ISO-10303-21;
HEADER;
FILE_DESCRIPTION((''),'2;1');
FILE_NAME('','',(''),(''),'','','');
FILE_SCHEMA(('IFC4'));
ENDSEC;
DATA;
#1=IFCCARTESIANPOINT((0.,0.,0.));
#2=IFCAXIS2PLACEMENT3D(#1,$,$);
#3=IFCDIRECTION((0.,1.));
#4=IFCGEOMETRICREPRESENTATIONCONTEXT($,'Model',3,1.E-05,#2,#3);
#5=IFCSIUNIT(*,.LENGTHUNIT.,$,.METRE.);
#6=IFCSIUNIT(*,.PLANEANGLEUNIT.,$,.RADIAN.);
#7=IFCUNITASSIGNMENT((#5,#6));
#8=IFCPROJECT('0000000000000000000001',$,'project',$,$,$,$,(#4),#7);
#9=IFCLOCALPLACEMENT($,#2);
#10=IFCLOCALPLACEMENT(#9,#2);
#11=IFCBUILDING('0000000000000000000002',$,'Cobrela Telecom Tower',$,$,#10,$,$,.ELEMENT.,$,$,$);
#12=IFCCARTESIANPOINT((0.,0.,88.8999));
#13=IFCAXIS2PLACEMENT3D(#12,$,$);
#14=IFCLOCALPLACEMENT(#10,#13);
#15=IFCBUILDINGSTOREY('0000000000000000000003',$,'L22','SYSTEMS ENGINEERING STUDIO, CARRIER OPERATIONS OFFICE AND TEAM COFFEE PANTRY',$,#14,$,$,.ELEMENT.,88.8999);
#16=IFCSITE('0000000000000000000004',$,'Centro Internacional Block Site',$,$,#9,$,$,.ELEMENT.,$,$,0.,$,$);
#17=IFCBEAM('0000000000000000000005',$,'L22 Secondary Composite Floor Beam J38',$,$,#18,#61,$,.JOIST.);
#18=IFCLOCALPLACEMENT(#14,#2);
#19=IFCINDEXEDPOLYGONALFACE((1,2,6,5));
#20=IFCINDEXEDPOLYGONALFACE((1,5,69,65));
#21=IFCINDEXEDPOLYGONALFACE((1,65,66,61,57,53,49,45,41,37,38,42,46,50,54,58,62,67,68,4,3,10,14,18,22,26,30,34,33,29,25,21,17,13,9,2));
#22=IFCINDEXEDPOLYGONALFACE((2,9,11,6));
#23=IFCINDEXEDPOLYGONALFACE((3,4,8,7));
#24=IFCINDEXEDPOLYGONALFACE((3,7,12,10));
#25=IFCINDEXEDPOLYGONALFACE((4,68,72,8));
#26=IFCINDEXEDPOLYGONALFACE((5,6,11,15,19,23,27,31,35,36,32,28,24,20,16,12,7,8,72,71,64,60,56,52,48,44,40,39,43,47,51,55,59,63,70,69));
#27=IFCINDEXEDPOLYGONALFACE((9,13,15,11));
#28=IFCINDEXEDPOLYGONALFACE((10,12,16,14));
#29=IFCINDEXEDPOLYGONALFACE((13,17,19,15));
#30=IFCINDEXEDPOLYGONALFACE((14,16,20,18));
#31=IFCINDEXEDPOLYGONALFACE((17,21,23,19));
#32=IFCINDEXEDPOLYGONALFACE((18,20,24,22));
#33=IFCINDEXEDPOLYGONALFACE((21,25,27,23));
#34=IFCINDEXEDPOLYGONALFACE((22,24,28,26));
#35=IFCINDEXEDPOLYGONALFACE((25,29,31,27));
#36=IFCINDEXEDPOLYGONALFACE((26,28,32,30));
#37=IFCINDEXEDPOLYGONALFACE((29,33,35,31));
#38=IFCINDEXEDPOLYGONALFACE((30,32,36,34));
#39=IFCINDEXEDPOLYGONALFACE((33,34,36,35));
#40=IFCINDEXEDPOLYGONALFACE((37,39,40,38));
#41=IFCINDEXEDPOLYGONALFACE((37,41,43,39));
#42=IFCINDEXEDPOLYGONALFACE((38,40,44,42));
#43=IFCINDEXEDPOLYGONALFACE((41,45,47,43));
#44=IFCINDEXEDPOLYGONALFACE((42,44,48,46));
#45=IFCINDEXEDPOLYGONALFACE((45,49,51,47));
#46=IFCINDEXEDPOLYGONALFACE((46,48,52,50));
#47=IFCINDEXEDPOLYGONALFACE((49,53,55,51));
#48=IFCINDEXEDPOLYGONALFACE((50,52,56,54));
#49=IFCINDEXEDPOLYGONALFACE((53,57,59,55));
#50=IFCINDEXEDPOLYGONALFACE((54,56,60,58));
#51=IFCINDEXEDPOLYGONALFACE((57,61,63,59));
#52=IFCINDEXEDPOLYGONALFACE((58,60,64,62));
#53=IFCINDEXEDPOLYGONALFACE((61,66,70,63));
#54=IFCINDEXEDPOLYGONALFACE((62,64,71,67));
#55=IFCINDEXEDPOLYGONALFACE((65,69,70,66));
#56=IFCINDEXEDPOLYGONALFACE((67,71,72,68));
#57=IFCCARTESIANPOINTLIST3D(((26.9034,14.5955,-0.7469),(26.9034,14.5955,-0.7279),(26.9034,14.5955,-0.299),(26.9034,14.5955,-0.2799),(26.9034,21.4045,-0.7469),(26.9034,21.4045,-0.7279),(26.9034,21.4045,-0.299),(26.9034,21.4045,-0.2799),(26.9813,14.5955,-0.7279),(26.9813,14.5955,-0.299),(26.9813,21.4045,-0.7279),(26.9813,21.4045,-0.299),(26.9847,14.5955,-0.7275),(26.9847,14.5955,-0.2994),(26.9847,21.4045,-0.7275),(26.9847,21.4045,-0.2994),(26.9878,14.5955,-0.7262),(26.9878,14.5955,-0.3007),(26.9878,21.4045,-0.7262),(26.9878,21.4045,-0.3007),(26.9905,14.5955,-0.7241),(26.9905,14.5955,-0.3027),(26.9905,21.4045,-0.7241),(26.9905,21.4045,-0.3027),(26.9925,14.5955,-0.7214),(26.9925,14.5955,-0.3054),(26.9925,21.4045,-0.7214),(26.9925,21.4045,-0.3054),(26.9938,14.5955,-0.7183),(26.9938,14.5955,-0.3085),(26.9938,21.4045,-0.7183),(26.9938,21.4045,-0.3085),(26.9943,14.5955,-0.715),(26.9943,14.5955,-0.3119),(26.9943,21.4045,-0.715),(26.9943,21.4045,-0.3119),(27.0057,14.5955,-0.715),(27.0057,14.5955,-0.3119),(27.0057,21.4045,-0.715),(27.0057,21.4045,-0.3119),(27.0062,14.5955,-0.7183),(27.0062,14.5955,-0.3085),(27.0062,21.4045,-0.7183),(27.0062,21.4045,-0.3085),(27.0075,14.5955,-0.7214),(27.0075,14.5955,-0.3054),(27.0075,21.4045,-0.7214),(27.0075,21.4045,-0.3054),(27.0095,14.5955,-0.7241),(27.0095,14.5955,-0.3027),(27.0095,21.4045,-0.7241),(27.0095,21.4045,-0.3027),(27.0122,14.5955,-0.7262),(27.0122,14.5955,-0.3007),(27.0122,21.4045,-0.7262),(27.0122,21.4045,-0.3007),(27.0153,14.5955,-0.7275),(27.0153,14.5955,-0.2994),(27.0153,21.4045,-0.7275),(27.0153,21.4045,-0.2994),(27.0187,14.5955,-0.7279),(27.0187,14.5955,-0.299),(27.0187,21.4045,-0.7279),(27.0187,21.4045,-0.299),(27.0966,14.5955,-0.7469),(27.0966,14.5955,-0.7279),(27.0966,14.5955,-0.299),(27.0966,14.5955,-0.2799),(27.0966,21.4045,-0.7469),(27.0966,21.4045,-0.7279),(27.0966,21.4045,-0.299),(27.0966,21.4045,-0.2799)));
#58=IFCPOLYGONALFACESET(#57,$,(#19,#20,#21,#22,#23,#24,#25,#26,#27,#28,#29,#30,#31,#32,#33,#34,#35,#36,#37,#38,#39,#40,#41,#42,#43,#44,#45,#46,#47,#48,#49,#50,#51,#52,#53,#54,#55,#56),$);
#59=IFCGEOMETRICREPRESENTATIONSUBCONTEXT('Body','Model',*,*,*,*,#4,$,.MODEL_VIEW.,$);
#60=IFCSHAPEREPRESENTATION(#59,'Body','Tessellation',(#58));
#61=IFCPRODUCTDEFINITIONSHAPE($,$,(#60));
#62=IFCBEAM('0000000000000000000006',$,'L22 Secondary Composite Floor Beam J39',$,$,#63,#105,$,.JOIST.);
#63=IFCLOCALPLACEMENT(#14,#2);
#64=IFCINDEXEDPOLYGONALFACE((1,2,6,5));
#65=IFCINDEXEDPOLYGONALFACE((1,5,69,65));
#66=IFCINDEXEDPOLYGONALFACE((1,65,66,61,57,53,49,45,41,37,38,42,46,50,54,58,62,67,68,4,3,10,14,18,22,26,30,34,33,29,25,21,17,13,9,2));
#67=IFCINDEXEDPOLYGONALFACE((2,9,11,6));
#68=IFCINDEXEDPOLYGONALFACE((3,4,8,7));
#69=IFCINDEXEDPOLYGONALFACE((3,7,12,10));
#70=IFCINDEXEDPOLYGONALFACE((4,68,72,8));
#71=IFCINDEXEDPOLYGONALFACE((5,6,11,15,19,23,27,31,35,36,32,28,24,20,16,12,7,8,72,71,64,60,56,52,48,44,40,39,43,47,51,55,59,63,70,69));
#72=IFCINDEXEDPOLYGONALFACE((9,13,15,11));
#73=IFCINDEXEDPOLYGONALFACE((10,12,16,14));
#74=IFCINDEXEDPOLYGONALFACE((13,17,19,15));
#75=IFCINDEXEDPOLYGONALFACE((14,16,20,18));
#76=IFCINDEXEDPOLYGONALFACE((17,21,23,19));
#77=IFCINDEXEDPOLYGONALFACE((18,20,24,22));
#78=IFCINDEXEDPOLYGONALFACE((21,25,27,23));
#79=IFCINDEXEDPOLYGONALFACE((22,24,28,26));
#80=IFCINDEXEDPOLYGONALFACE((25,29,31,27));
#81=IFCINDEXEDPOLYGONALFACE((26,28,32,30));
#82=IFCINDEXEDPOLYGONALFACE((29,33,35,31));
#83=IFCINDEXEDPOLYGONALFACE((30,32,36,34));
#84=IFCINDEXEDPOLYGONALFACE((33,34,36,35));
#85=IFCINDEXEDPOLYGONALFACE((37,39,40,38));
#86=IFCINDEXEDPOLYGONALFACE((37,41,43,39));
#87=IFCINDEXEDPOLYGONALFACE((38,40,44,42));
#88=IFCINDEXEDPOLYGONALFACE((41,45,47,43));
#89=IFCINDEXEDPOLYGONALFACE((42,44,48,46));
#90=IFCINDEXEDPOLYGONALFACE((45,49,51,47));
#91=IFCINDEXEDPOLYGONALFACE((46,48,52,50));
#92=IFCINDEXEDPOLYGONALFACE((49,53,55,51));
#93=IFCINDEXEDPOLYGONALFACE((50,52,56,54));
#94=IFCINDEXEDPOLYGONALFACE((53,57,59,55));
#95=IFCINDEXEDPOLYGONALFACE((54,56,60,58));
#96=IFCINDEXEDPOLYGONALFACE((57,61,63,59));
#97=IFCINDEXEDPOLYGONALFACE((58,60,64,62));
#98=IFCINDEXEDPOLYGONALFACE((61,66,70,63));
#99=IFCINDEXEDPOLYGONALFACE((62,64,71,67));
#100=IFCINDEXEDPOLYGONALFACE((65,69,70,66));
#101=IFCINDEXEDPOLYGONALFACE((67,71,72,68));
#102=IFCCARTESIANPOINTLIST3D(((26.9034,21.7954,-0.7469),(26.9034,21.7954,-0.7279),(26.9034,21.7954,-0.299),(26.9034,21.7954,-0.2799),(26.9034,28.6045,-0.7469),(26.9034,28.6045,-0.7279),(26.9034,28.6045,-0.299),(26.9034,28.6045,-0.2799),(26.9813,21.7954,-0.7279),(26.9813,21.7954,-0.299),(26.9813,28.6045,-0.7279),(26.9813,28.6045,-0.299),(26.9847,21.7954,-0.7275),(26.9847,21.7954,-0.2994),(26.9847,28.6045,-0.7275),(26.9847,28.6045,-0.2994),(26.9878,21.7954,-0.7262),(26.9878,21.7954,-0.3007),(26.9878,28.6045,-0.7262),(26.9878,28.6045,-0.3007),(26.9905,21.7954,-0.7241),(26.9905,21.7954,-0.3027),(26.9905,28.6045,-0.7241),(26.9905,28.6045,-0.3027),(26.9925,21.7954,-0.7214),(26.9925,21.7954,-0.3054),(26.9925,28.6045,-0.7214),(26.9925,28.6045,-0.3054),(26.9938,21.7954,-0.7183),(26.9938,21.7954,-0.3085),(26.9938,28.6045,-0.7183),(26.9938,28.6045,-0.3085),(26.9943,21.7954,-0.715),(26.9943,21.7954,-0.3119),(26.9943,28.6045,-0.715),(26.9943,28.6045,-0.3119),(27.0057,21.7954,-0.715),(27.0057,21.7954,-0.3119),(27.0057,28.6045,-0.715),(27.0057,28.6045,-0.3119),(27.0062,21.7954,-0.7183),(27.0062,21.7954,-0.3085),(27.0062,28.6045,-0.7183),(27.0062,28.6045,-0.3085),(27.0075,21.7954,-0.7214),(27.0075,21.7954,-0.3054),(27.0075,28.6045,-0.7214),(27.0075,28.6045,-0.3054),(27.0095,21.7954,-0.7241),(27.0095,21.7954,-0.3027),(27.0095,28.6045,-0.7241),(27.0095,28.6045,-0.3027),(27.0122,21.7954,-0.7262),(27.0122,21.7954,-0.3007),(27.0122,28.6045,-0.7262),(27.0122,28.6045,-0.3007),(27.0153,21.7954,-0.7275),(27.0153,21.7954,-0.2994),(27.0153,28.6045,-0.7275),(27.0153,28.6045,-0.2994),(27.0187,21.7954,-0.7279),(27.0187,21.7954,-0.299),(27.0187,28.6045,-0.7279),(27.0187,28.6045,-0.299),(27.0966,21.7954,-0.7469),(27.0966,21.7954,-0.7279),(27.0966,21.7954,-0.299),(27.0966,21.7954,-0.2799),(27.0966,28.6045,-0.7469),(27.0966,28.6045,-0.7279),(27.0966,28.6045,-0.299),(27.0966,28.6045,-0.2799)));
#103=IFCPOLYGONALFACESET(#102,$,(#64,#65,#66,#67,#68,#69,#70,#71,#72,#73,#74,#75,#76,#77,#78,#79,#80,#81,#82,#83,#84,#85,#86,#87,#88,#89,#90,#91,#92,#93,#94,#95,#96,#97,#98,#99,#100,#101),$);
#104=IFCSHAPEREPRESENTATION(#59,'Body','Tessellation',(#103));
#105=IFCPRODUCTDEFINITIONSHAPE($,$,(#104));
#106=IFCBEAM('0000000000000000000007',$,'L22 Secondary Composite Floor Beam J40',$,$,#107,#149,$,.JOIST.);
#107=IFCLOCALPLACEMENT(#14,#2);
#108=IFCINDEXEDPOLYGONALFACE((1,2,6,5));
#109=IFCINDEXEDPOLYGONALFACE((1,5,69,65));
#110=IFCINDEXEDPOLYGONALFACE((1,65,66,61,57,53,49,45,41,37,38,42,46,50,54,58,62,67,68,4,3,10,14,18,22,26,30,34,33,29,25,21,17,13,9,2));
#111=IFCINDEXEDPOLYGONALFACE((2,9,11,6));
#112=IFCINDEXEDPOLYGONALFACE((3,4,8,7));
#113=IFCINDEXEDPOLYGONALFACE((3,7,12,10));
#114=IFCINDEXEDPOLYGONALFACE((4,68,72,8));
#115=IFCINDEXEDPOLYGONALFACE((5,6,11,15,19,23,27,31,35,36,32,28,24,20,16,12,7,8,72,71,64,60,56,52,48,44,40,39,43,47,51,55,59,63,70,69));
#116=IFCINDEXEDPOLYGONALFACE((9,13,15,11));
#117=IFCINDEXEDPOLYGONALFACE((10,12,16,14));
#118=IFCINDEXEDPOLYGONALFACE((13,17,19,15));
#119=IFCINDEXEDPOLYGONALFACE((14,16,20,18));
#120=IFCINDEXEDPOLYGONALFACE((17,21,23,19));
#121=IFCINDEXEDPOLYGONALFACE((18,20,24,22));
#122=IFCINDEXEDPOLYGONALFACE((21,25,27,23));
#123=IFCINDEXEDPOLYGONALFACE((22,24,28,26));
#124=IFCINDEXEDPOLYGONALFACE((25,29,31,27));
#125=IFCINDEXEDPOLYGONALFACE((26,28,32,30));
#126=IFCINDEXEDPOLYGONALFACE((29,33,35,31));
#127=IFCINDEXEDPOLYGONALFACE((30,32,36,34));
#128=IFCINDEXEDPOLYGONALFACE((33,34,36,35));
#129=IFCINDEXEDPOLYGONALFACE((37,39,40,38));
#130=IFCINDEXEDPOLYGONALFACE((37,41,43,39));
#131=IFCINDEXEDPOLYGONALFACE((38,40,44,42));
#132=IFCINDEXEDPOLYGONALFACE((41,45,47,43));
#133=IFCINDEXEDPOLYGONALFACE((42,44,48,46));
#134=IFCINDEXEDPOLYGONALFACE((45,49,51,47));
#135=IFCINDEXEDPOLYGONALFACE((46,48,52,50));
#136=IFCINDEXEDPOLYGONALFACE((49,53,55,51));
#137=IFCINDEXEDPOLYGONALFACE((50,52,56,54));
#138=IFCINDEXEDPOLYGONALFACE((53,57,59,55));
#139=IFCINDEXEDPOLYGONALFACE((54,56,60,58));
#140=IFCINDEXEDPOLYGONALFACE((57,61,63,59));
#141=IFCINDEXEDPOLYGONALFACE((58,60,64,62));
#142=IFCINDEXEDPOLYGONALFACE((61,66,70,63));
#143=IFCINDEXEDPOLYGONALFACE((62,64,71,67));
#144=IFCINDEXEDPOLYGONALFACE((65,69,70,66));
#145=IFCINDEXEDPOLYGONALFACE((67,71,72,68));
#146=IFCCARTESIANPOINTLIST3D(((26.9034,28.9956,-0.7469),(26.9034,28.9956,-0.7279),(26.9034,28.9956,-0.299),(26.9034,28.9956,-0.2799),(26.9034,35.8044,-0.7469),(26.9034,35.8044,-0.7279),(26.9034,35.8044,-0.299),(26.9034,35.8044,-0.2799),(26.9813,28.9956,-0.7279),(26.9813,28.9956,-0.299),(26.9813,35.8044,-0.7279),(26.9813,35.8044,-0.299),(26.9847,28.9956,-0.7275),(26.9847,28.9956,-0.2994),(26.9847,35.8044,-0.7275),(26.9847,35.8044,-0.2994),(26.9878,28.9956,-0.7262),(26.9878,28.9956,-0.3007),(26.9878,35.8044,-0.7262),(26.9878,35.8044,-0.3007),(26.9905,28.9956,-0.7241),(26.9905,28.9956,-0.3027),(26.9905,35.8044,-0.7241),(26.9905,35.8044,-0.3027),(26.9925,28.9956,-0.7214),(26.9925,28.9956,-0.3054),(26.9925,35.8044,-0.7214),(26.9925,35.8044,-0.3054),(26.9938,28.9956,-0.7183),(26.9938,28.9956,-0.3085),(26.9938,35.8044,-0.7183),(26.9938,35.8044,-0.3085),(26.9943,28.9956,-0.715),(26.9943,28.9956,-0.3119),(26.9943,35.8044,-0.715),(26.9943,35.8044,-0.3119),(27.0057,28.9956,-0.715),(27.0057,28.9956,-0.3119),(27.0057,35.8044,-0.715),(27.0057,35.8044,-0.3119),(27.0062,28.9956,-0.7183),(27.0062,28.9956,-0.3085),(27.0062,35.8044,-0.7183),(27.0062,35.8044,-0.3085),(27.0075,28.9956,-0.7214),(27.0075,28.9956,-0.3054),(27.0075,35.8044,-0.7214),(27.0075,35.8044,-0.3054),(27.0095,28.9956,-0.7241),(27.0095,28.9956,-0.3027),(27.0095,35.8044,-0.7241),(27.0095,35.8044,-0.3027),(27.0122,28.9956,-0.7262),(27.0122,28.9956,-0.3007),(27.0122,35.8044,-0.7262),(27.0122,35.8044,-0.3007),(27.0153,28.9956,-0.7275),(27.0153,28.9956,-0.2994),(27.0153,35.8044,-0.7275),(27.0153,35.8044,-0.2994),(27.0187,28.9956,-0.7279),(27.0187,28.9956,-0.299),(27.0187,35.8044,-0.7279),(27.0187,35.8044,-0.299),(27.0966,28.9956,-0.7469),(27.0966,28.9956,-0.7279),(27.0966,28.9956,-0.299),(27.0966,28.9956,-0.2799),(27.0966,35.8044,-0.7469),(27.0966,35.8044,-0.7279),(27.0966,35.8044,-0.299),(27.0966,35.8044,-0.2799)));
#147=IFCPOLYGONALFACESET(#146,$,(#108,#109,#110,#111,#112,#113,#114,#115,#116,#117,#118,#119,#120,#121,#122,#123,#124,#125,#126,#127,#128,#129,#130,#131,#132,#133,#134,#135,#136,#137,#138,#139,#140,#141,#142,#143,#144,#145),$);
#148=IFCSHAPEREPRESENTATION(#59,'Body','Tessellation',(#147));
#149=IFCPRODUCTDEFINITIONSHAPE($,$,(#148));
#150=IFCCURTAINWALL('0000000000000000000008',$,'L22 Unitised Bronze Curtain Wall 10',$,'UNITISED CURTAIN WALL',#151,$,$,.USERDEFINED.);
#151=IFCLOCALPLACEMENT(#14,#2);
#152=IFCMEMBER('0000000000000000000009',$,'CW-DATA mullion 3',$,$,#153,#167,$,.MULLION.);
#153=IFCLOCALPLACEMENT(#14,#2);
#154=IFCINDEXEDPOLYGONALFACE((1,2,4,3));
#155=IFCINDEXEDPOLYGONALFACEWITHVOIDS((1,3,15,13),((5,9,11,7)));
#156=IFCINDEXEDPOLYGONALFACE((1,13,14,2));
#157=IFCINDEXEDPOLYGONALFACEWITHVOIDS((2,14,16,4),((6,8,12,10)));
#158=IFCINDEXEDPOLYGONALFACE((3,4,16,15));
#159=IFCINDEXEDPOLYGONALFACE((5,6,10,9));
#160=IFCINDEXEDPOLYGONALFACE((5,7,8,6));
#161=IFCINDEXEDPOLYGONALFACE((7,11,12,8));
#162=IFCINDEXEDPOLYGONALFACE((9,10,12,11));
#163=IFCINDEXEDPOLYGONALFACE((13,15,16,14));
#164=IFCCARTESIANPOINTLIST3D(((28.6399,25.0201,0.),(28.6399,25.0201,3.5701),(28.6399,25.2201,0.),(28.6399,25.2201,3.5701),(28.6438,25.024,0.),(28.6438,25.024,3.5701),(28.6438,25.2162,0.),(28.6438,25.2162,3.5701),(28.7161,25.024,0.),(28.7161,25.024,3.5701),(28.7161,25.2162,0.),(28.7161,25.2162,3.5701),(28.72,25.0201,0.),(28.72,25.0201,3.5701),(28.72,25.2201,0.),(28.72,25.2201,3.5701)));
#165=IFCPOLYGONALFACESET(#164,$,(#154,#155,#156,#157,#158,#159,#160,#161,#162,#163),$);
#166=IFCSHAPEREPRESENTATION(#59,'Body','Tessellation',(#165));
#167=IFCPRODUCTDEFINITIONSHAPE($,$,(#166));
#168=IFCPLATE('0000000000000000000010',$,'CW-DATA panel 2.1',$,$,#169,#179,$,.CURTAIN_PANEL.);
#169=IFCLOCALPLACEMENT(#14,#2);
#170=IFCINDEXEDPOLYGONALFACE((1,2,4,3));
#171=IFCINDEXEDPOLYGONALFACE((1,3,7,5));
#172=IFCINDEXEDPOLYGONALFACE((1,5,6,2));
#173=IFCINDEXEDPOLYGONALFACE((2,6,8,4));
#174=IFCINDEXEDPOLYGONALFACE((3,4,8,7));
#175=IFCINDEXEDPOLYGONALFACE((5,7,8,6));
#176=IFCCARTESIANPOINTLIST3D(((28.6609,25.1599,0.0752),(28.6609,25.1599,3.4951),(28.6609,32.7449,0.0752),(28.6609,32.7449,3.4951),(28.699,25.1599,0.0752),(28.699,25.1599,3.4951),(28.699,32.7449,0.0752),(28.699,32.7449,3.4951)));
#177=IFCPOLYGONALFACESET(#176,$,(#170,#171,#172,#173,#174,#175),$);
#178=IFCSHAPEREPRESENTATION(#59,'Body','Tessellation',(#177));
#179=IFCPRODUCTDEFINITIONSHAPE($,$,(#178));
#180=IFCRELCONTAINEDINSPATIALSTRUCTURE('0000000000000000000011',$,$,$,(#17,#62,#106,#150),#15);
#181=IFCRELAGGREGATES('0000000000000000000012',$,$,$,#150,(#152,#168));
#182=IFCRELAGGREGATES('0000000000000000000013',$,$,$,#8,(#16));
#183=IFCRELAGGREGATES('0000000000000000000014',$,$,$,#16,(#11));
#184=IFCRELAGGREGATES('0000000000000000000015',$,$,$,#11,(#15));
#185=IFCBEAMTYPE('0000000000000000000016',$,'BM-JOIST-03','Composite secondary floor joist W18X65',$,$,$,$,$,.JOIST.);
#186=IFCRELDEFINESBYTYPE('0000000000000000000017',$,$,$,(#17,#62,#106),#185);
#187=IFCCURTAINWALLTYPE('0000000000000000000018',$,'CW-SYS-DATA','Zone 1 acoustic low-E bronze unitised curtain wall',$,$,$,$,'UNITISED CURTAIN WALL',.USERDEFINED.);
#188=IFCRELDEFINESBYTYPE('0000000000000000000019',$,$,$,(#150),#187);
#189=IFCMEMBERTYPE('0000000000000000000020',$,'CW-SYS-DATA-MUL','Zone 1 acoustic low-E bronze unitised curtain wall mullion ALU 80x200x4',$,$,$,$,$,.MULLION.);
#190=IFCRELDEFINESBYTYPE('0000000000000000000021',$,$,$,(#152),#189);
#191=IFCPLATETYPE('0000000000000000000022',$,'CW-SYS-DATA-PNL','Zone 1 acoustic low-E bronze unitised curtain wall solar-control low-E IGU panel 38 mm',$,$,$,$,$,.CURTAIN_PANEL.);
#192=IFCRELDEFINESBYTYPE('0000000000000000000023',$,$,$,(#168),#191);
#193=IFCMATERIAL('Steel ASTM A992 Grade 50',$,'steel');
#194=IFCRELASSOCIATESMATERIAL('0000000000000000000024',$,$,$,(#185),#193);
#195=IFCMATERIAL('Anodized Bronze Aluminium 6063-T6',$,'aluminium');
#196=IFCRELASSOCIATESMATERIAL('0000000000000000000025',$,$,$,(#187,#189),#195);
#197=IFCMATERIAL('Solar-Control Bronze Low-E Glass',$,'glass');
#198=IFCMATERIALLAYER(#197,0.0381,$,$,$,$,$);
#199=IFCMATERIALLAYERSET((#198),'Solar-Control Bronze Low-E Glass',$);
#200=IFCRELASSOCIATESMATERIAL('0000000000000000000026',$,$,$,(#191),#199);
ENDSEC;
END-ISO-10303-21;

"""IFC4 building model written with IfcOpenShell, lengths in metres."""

from ifc_helpers import new_model, si_unit, direction, frame, origin, origin_2d, place, context, subcontext, project, spatial, rectangle, hollow_rectangle, i_section, extrude, material, layer, layer_set, material_profile, profile_set, type_object, element, aggregate, save


model = new_model("IFC4")

# Units and contexts
model_context = context("Model", 3, precision=1e-05, world=origin(), true_north=direction((0.0, 1.0)))
body_context = subcontext(model_context, "Body", "Model", "MODEL_VIEW")
ifc_project = project(units=[si_unit("LENGTHUNIT", "METRE"), si_unit("PLANEANGLEUNIT", "RADIAN")], contexts=[model_context])

# Site, building, storey
site_placement = place(None, origin())
site = spatial("IfcSite", under=ifc_project, at=site_placement, Name="Centro Internacional Block Site", CompositionType="ELEMENT", RefElevation=0.0)
building_placement = place(site_placement, origin())
building = spatial("IfcBuilding", under=site, at=building_placement, Name="Cobrela Telecom Tower", CompositionType="ELEMENT")
storey_placement = place(building_placement, frame((0.0, 0.0, 88.8999)))
storey = spatial("IfcBuildingStorey", under=building, at=storey_placement, Name="L22", Description="SYSTEMS ENGINEERING STUDIO, CARRIER OPERATIONS OFFICE AND TEAM COFFEE PANTRY", CompositionType="ELEMENT", Elevation=88.8999)

# Shared definitions
ifc_material_1 = material(Name="Steel ASTM A992 Grade 50", Category="steel")

# Beams
ifc_material_profile_1 = material_profile(ifc_material_1, i_section(OverallWidth=0.1931, OverallDepth=0.467, WebThickness=0.0115, FlangeThickness=0.019, FilletRadius=0.0129, at=origin_2d()), Name="W18X65")
ifc_profile_set_1 = profile_set([ifc_material_profile_1], Name="Steel ASTM A992 Grade 50")
beam_type_1 = type_object("IfcBeamType", Name="BM-JOIST-03", Description="Composite secondary floor joist W18X65", PredefinedType="JOIST", material=ifc_profile_set_1)
for number, where, z_axis, x_axis, name in (
    (1, (27.0, 14.5955, -0.5134), (0.0, 1.0, 0.0), (-1.0, 0.0, 0.0), "L22 Secondary Composite Floor Beam J38"),
    (2, (27.0, 21.7954, -0.5134), (0.0, 1.0, 0.0), (-1.0, 0.0, 0.0), "L22 Secondary Composite Floor Beam J39"),
):
    element("IfcBeam", number, at=place(storey_placement, frame(where, z_axis=z_axis, x_axis=x_axis)), inside=storey, type_object=beam_type_1, Name=name, PredefinedType="JOIST", context=body_context, shape_type="SweptSolid", body=[
        extrude(i_section(OverallWidth=0.1931, OverallDepth=0.467, WebThickness=0.0115, FlangeThickness=0.019, FilletRadius=0.0129, at=origin_2d()), origin(), (0.0, 0.0, 1.0), 6.8091),
    ])
beam_1_placement = place(storey_placement, frame((27.0, 28.9956, -0.5134), z_axis=(0.0, 1.0, 0.0), x_axis=(-1.0, 0.0, 0.0)))
element("IfcBeam", 3, at=beam_1_placement, inside=storey, type_object=beam_type_1, Name="L22 Secondary Composite Floor Beam J40", PredefinedType="JOIST", context=body_context, shape_type="SweptSolid", body=[
    extrude(i_section(OverallWidth=0.1931, OverallDepth=0.467, WebThickness=0.0115, FlangeThickness=0.019, FilletRadius=0.0129, at=origin_2d()), origin(), (0.0, 0.0, 1.0), 6.8088),
])

# Curtain wall, member, plate
ifc_material_2 = material(Name="Anodized Bronze Aluminium 6063-T6", Category="aluminium")
curtain_wall_type = type_object("IfcCurtainWallType", Name="CW-SYS-DATA", Description="Zone 1 acoustic low-E bronze unitised curtain wall", ElementType="UNITISED CURTAIN WALL", PredefinedType="USERDEFINED", material=ifc_material_2)
curtain_wall_placement = place(storey_placement, origin())
curtain_wall = element("IfcCurtainWall", 4, at=curtain_wall_placement, inside=storey, type_object=curtain_wall_type, Name="L22 Unitised Bronze Curtain Wall 10", ObjectType="UNITISED CURTAIN WALL", PredefinedType="USERDEFINED")
ifc_material_profile_2 = material_profile(ifc_material_2, hollow_rectangle(XDim=0.0801, YDim=0.2, WallThickness=0.0039, at=origin_2d()), Name="ALU 80x200x4")
ifc_profile_set_2 = profile_set([ifc_material_profile_2], Name="Anodized Bronze Aluminium 6063-T6")
member_type = type_object("IfcMemberType", Name="CW-SYS-DATA-MUL", Description="Zone 1 acoustic low-E bronze unitised curtain wall mullion ALU 80x200x4", PredefinedType="MULLION", material=ifc_profile_set_2)
member_placement = place(storey_placement, frame((28.6799, 25.1201, 0.0), z_axis=(0.0, 0.0, 1.0), x_axis=(1.0, 0.0, 0.0)))
member = element("IfcMember", 5, at=member_placement, type_object=member_type, Name="CW-DATA mullion 3", PredefinedType="MULLION", context=body_context, shape_type="SweptSolid", body=[
    extrude(hollow_rectangle(XDim=0.0801, YDim=0.2, WallThickness=0.0039, at=origin_2d()), origin(), (0.0, 0.0, 1.0), 3.5701),
])
ifc_material_3 = material(Name="Solar-Control Bronze Low-E Glass", Category="glass")
ifc_layer = layer(ifc_material_3, 0.0381)
ifc_layer_set = layer_set([ifc_layer], Name="Solar-Control Bronze Low-E Glass")
plate_type = type_object("IfcPlateType", Name="CW-SYS-DATA-PNL", Description="Zone 1 acoustic low-E bronze unitised curtain wall solar-control low-E IGU panel 38 mm", PredefinedType="CURTAIN_PANEL", material=ifc_layer_set)
plate_placement = place(storey_placement, frame((28.6799, 28.9524, 0.0752), z_axis=(0.0, 0.0, 1.0), x_axis=(0.0, -1.0, 0.0)))
plate = element("IfcPlate", 6, at=plate_placement, type_object=plate_type, Name="CW-DATA panel 2.1", PredefinedType="CURTAIN_PANEL", context=body_context, shape_type="SweptSolid", body=[
    extrude(rectangle(XDim=7.585, YDim=0.0381, at=origin_2d()), origin(), (0.0, 0.0, 1.0), 3.4199),
])
aggregate(curtain_wall, [member, plate])

save(model, "model.ifc")
